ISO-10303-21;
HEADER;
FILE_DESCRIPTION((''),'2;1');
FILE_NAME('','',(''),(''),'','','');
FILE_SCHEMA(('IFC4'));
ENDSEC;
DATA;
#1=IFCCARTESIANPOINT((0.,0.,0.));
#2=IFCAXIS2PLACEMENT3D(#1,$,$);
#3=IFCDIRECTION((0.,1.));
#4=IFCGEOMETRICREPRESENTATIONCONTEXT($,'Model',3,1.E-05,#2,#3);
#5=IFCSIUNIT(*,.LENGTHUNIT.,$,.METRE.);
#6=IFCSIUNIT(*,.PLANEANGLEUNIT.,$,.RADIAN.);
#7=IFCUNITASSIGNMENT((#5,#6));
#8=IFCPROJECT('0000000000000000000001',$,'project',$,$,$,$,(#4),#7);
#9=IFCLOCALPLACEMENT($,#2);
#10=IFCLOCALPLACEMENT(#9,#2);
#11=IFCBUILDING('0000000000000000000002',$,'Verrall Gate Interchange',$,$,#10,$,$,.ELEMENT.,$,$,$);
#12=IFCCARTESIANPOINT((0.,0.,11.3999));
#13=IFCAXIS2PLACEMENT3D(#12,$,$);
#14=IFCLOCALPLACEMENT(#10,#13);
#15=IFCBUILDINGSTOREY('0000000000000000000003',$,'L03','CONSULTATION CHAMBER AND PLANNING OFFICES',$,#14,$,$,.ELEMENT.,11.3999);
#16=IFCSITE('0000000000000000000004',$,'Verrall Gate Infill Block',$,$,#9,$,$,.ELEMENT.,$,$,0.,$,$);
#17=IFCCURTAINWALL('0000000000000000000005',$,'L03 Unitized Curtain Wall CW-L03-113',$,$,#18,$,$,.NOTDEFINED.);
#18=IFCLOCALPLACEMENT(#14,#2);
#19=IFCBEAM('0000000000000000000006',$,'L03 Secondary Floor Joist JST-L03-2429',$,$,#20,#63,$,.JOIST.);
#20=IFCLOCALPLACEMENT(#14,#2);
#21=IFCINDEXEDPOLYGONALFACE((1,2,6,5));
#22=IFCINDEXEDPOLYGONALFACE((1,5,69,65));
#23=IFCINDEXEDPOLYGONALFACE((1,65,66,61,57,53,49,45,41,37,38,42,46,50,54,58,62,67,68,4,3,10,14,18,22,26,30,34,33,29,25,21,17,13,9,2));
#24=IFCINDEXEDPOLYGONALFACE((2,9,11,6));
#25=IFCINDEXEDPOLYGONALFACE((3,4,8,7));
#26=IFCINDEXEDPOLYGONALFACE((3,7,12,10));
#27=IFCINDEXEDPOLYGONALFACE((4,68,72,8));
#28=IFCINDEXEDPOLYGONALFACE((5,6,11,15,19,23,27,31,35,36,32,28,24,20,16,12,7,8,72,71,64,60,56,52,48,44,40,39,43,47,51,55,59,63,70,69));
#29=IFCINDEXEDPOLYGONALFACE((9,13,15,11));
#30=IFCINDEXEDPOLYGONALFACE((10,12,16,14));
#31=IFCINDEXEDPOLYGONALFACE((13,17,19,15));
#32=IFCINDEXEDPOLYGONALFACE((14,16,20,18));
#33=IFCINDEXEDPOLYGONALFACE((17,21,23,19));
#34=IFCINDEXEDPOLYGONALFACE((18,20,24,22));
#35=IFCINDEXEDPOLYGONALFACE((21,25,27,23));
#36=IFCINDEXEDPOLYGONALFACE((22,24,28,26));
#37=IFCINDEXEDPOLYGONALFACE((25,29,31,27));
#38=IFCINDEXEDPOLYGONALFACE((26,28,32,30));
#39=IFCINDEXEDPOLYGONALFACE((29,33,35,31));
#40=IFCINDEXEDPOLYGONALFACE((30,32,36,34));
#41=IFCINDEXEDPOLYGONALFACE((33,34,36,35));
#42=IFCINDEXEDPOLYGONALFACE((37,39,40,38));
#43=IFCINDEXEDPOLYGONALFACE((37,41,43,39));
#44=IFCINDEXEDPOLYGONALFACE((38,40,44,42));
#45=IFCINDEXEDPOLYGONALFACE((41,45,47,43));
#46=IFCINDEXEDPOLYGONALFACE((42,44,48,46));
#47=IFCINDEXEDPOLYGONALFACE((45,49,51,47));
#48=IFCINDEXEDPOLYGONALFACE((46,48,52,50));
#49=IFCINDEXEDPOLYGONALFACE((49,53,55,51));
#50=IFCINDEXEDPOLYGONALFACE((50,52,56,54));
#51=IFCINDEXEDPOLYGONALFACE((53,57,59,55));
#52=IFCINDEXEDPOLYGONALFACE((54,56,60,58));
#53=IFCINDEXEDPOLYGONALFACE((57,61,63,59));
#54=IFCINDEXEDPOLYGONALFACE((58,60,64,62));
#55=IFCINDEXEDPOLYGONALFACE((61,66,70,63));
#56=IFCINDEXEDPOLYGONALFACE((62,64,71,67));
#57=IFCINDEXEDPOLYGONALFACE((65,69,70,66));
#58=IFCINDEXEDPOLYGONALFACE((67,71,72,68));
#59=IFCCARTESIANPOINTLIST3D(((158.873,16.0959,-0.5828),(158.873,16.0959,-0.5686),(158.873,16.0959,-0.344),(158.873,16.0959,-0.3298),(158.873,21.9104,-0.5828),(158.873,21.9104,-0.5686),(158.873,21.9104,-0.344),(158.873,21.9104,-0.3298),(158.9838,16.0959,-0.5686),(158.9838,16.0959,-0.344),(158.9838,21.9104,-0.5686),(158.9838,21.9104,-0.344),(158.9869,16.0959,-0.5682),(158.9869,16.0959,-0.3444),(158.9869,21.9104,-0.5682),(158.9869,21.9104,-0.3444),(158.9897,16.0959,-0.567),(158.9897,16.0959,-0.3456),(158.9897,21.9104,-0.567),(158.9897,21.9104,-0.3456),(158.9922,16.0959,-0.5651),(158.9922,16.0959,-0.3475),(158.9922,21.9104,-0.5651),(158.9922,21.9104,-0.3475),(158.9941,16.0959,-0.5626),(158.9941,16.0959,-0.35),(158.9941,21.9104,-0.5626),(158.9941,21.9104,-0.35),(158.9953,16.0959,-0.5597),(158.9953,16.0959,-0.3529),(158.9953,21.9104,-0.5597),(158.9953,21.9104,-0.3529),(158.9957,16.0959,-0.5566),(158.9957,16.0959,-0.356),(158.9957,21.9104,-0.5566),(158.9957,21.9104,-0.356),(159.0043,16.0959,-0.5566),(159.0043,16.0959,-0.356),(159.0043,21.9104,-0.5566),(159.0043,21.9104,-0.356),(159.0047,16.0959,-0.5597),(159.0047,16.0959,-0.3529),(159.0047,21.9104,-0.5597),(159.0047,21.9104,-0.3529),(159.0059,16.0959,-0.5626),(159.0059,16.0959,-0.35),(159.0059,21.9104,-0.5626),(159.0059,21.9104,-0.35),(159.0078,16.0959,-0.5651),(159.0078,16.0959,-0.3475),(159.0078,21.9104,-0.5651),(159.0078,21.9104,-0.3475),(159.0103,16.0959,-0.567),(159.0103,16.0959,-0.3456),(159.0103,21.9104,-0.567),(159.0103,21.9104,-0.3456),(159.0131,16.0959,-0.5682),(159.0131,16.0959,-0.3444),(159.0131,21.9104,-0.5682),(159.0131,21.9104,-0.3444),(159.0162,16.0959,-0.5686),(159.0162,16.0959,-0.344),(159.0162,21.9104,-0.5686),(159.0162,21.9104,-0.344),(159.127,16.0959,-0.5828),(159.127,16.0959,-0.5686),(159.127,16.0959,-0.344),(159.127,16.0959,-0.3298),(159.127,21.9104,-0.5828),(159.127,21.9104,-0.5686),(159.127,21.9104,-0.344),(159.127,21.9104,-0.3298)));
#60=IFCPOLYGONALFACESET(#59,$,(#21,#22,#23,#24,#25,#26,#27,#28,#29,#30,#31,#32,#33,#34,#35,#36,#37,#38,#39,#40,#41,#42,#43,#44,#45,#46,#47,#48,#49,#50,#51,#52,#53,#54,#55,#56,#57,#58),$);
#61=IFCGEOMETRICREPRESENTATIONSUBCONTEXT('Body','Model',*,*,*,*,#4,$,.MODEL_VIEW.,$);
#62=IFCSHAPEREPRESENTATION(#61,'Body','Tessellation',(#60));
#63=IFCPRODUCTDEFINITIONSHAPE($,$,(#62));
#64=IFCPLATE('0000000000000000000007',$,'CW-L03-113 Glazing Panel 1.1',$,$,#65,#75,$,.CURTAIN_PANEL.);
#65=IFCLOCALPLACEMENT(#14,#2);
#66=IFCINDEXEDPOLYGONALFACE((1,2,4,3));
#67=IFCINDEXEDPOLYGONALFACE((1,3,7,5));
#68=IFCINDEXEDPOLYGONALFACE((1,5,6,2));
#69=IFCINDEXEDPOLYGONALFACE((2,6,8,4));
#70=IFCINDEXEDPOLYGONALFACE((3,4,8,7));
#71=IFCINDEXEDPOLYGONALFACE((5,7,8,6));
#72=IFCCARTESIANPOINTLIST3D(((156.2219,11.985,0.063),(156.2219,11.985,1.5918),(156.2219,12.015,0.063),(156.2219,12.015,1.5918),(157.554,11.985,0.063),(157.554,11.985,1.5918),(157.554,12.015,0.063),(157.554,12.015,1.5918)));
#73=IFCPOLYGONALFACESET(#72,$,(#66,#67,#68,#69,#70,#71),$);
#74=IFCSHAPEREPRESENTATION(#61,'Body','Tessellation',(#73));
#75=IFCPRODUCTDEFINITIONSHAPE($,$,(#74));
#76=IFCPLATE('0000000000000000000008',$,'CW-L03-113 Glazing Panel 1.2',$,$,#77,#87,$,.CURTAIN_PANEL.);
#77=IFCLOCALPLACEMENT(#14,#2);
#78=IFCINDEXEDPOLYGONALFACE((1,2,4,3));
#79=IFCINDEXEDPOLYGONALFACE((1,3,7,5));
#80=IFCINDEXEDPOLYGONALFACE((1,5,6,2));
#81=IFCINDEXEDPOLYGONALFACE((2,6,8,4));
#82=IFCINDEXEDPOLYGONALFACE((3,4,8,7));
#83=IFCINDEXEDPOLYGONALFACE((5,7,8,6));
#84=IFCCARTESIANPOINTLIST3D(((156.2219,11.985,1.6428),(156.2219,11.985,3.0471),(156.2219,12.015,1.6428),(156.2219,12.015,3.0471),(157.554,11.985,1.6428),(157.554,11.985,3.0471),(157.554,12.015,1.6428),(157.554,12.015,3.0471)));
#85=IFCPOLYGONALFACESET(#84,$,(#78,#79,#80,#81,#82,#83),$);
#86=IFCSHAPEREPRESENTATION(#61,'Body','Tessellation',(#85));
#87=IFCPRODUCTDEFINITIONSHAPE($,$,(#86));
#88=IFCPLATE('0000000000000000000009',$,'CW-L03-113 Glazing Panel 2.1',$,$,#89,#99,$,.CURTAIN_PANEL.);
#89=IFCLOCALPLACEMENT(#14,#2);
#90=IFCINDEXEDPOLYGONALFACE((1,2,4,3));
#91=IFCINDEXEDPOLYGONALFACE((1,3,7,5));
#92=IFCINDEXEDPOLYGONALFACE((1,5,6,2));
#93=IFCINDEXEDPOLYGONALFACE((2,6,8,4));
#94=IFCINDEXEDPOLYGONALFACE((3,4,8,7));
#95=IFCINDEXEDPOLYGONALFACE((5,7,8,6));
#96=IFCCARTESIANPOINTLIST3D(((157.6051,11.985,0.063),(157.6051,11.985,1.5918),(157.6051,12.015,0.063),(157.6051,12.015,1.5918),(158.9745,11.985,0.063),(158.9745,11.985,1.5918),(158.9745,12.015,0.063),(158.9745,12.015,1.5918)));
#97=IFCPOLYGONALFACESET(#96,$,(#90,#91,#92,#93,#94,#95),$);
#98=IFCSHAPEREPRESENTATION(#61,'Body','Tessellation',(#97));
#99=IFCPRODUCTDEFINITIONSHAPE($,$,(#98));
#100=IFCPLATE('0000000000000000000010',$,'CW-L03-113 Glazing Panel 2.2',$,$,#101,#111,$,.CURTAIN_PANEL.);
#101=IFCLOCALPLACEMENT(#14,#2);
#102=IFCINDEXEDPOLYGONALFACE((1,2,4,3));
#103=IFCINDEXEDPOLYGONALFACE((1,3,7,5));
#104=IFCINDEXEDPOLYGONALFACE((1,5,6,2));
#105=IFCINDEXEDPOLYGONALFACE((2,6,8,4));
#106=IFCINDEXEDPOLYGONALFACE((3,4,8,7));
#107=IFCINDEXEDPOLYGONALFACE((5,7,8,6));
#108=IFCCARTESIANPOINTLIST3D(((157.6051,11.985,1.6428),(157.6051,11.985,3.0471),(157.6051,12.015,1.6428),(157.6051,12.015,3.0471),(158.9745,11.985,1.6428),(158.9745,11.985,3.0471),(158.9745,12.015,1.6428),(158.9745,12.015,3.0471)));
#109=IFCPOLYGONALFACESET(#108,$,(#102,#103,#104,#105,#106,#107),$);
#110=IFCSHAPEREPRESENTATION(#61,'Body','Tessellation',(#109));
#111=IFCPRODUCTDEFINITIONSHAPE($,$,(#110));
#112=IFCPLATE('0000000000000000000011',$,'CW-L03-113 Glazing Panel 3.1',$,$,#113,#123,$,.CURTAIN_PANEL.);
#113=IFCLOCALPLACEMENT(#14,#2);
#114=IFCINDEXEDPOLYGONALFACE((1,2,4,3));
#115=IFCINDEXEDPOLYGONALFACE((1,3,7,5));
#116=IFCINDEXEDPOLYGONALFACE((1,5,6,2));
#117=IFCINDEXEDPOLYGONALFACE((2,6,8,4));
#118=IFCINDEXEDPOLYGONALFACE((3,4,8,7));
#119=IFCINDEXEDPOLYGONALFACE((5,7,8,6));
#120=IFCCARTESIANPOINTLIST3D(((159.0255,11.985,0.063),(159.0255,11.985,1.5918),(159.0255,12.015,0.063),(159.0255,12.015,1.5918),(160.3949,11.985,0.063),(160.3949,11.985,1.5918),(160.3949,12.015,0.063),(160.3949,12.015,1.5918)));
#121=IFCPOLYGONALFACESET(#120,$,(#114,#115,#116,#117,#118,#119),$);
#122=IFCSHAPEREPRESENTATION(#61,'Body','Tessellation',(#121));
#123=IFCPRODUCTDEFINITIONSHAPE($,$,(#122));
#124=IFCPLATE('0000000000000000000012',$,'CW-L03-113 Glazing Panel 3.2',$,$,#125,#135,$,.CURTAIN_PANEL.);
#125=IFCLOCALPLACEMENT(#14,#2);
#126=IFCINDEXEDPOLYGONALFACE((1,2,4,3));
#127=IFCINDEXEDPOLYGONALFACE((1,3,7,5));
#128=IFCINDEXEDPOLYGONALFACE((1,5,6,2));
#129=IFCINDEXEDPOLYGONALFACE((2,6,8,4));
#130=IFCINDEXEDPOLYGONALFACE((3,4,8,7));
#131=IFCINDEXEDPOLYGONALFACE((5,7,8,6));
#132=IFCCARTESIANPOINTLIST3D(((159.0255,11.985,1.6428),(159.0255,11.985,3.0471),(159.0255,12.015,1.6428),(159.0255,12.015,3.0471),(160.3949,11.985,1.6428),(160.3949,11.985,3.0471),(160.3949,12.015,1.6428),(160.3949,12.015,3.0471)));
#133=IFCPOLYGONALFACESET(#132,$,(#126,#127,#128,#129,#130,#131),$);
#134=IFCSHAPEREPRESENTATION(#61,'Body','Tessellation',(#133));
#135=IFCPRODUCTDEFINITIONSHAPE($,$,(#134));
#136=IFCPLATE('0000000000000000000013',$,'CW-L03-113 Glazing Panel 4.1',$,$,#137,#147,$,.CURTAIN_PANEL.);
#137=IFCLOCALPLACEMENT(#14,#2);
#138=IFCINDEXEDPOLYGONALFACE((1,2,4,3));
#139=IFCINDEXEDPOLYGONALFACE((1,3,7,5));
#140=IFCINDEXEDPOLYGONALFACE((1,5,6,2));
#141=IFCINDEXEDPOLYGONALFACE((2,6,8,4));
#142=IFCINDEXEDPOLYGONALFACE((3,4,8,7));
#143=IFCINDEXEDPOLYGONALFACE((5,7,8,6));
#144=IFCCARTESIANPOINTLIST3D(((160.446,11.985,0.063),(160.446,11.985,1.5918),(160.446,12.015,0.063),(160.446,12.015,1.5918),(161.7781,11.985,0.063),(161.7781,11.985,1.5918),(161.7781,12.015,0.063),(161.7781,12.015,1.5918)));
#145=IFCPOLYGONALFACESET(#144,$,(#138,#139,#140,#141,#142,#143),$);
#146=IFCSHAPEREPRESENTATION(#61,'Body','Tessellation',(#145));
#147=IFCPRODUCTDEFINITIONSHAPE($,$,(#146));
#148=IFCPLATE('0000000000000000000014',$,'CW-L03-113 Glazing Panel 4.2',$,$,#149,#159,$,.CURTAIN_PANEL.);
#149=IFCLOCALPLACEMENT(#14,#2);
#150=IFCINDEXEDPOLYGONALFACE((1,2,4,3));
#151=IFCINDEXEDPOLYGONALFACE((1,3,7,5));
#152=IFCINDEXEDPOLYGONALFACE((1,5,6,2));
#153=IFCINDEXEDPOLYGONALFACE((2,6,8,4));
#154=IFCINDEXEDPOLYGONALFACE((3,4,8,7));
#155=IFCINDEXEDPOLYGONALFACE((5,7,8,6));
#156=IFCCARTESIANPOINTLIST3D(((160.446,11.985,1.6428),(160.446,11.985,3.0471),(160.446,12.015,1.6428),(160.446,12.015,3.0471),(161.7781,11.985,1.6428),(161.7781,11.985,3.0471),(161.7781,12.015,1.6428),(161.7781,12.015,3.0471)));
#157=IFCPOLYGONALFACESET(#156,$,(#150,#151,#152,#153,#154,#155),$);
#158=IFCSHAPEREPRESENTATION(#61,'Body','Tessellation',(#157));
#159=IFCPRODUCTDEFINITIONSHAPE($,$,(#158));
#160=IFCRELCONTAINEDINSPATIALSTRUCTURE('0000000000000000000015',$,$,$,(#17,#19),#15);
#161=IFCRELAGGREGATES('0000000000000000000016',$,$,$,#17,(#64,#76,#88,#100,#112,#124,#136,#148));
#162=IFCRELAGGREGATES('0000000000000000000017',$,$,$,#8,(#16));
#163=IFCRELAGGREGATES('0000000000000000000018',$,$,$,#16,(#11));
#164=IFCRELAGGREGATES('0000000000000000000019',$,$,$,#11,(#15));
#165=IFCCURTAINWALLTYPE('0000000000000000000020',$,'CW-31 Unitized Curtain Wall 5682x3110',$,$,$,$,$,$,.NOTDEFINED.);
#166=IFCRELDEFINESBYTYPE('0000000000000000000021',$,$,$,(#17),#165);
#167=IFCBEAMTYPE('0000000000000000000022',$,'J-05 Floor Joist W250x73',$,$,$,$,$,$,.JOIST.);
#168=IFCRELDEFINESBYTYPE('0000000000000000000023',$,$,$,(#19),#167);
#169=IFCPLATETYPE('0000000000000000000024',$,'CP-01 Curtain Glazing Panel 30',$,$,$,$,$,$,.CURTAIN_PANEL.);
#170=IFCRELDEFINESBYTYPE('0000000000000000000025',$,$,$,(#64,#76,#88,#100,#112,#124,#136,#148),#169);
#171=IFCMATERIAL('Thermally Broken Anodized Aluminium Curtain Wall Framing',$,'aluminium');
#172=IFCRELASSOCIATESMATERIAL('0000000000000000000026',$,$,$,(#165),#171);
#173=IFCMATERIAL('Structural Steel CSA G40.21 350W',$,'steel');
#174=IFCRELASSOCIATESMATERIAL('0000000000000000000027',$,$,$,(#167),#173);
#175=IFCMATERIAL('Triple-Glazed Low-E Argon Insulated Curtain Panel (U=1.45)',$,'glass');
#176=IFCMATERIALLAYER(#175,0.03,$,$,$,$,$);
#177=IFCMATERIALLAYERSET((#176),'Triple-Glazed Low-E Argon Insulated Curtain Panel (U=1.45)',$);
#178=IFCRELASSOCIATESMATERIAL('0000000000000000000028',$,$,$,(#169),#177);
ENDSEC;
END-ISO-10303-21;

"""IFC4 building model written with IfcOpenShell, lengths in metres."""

from ifc_helpers import new_model, si_unit, direction, frame, origin, origin_2d, place, context, subcontext, project, spatial, rectangle, i_section, extrude, material, layer, layer_set, material_profile, profile_set, type_object, element, aggregate, save


model = new_model("IFC4")

# Units and contexts
model_context = context("Model", 3, precision=1e-05, world=origin(), true_north=direction((0.0, 1.0)))
body_context = subcontext(model_context, "Body", "Model", "MODEL_VIEW")
ifc_project = project(units=[si_unit("LENGTHUNIT", "METRE"), si_unit("PLANEANGLEUNIT", "RADIAN")], contexts=[model_context])

# Site, building, storey
site_placement = place(None, origin())
site = spatial("IfcSite", under=ifc_project, at=site_placement, Name="Verrall Gate Infill Block", CompositionType="ELEMENT", RefElevation=0.0)
building_placement = place(site_placement, origin())
building = spatial("IfcBuilding", under=site, at=building_placement, Name="Verrall Gate Interchange", CompositionType="ELEMENT")
storey_placement = place(building_placement, frame((0.0, 0.0, 11.3999)))
storey = spatial("IfcBuildingStorey", under=building, at=storey_placement, Name="L03", Description="CONSULTATION CHAMBER AND PLANNING OFFICES", CompositionType="ELEMENT", Elevation=11.3999)

# Shared definitions
ifc_material_1 = material(Name="Thermally Broken Anodized Aluminium Curtain Wall Framing", Category="aluminium")
curtain_wall_type = type_object("IfcCurtainWallType", Name="CW-31 Unitized Curtain Wall 5682x3110", PredefinedType="NOTDEFINED", material=ifc_material_1)

# Curtain wall
curtain_wall_1_placement = place(storey_placement, origin())
curtain_wall_1 = element("IfcCurtainWall", 1, at=curtain_wall_1_placement, inside=storey, type_object=curtain_wall_type, Name="L03 Unitized Curtain Wall CW-L03-113", PredefinedType="NOTDEFINED")

# Beam
ifc_material_2 = material(Name="Structural Steel CSA G40.21 350W", Category="steel")
ifc_material_profile_1 = material_profile(ifc_material_2, i_section(OverallWidth=0.2539, OverallDepth=0.2529, WebThickness=0.0085, FlangeThickness=0.0142, FilletRadius=0.012, at=origin_2d()), Name="W250x73")
ifc_profile_set_1 = profile_set([ifc_material_profile_1], Name="Structural Steel CSA G40.21 350W")
beam_type_1 = type_object("IfcBeamType", Name="J-05 Floor Joist W250x73", PredefinedType="JOIST", material=ifc_profile_set_1)
beam_1_placement = place(storey_placement, frame((159.0, 16.0959, -0.4563), z_axis=(0.0, 1.0, 0.0), x_axis=(-1.0, 0.0, 0.0)))
element("IfcBeam", 2, at=beam_1_placement, inside=storey, type_object=beam_type_1, Name="L03 Secondary Floor Joist JST-L03-2429", PredefinedType="JOIST", context=body_context, shape_type="SweptSolid", body=[
    extrude(i_section(OverallWidth=0.2539, OverallDepth=0.2529, WebThickness=0.0085, FlangeThickness=0.0142, FilletRadius=0.012, at=origin_2d()), origin(), (0.0, 0.0, 1.0), 5.8145),
])

# Plates
ifc_material_3 = material(Name="Triple-Glazed Low-E Argon Insulated Curtain Panel (U=1.45)", Category="glass")
ifc_layer = layer(ifc_material_3, 0.03)
ifc_layer_set = layer_set([ifc_layer], Name="Triple-Glazed Low-E Argon Insulated Curtain Panel (U=1.45)")
plate_type = type_object("IfcPlateType", Name="CP-01 Curtain Glazing Panel 30", PredefinedType="CURTAIN_PANEL", material=ifc_layer_set)
plate_1_placement = place(storey_placement, frame((156.8879, 12.0, 0.063), z_axis=(0.0, 0.0, 1.0), x_axis=(1.0, 0.0, 0.0)))
plate_1 = element("IfcPlate", 3, at=plate_1_placement, type_object=plate_type, Name="CW-L03-113 Glazing Panel 1.1", PredefinedType="CURTAIN_PANEL", context=body_context, shape_type="SweptSolid", body=[
    extrude(rectangle(XDim=1.332, YDim=0.03, at=origin_2d()), origin(), (0.0, 0.0, 1.0), 1.5288),
])
plate_2_placement = place(storey_placement, frame((156.8879, 12.0, 1.6428), z_axis=(0.0, 0.0, 1.0), x_axis=(1.0, 0.0, 0.0)))
plate_2 = element("IfcPlate", 4, at=plate_2_placement, type_object=plate_type, Name="CW-L03-113 Glazing Panel 1.2", PredefinedType="CURTAIN_PANEL", context=body_context, shape_type="SweptSolid", body=[
    extrude(rectangle(XDim=1.332, YDim=0.03, at=origin_2d()), origin(), (0.0, 0.0, 1.0), 1.4043),
])
plate_3_placement = place(storey_placement, frame((158.2898, 12.0, 0.063), z_axis=(0.0, 0.0, 1.0), x_axis=(1.0, 0.0, 0.0)))
plate_3 = element("IfcPlate", 5, at=plate_3_placement, type_object=plate_type, Name="CW-L03-113 Glazing Panel 2.1", PredefinedType="CURTAIN_PANEL", context=body_context, shape_type="SweptSolid", body=[
    extrude(rectangle(XDim=1.3694, YDim=0.03, at=origin_2d()), origin(), (0.0, 0.0, 1.0), 1.5288),
])
plate_4_placement = place(storey_placement, frame((158.2898, 12.0, 1.6428), z_axis=(0.0, 0.0, 1.0), x_axis=(1.0, 0.0, 0.0)))
plate_4 = element("IfcPlate", 6, at=plate_4_placement, type_object=plate_type, Name="CW-L03-113 Glazing Panel 2.2", PredefinedType="CURTAIN_PANEL", context=body_context, shape_type="SweptSolid", body=[
    extrude(rectangle(XDim=1.3694, YDim=0.03, at=origin_2d()), origin(), (0.0, 0.0, 1.0), 1.4043),
])
plate_5_placement = place(storey_placement, frame((159.7102, 12.0, 0.063), z_axis=(0.0, 0.0, 1.0), x_axis=(1.0, 0.0, 0.0)))
plate_5 = element("IfcPlate", 7, at=plate_5_placement, type_object=plate_type, Name="CW-L03-113 Glazing Panel 3.1", PredefinedType="CURTAIN_PANEL", context=body_context, shape_type="SweptSolid", body=[
    extrude(rectangle(XDim=1.3694, YDim=0.03, at=origin_2d()), origin(), (0.0, 0.0, 1.0), 1.5288),
])
plate_6_placement = place(storey_placement, frame((159.7102, 12.0, 1.6428), z_axis=(0.0, 0.0, 1.0), x_axis=(1.0, 0.0, 0.0)))
plate_6 = element("IfcPlate", 8, at=plate_6_placement, type_object=plate_type, Name="CW-L03-113 Glazing Panel 3.2", PredefinedType="CURTAIN_PANEL", context=body_context, shape_type="SweptSolid", body=[
    extrude(rectangle(XDim=1.3694, YDim=0.03, at=origin_2d()), origin(), (0.0, 0.0, 1.0), 1.4043),
])
plate_7_placement = place(storey_placement, frame((161.1121, 12.0, 0.063), z_axis=(0.0, 0.0, 1.0), x_axis=(1.0, 0.0, 0.0)))
plate_7 = element("IfcPlate", 9, at=plate_7_placement, type_object=plate_type, Name="CW-L03-113 Glazing Panel 4.1", PredefinedType="CURTAIN_PANEL", context=body_context, shape_type="SweptSolid", body=[
    extrude(rectangle(XDim=1.332, YDim=0.03, at=origin_2d()), origin(), (0.0, 0.0, 1.0), 1.5288),
])
plate_8_placement = place(storey_placement, frame((161.1121, 12.0, 1.6428), z_axis=(0.0, 0.0, 1.0), x_axis=(1.0, 0.0, 0.0)))
plate_8 = element("IfcPlate", 10, at=plate_8_placement, type_object=plate_type, Name="CW-L03-113 Glazing Panel 4.2", PredefinedType="CURTAIN_PANEL", context=body_context, shape_type="SweptSolid", body=[
    extrude(rectangle(XDim=1.332, YDim=0.03, at=origin_2d()), origin(), (0.0, 0.0, 1.0), 1.4043),
])
aggregate(curtain_wall_1, [plate_1, plate_2, plate_3, plate_4, plate_5, plate_6, plate_7, plate_8])

save(model, "model.ifc")
